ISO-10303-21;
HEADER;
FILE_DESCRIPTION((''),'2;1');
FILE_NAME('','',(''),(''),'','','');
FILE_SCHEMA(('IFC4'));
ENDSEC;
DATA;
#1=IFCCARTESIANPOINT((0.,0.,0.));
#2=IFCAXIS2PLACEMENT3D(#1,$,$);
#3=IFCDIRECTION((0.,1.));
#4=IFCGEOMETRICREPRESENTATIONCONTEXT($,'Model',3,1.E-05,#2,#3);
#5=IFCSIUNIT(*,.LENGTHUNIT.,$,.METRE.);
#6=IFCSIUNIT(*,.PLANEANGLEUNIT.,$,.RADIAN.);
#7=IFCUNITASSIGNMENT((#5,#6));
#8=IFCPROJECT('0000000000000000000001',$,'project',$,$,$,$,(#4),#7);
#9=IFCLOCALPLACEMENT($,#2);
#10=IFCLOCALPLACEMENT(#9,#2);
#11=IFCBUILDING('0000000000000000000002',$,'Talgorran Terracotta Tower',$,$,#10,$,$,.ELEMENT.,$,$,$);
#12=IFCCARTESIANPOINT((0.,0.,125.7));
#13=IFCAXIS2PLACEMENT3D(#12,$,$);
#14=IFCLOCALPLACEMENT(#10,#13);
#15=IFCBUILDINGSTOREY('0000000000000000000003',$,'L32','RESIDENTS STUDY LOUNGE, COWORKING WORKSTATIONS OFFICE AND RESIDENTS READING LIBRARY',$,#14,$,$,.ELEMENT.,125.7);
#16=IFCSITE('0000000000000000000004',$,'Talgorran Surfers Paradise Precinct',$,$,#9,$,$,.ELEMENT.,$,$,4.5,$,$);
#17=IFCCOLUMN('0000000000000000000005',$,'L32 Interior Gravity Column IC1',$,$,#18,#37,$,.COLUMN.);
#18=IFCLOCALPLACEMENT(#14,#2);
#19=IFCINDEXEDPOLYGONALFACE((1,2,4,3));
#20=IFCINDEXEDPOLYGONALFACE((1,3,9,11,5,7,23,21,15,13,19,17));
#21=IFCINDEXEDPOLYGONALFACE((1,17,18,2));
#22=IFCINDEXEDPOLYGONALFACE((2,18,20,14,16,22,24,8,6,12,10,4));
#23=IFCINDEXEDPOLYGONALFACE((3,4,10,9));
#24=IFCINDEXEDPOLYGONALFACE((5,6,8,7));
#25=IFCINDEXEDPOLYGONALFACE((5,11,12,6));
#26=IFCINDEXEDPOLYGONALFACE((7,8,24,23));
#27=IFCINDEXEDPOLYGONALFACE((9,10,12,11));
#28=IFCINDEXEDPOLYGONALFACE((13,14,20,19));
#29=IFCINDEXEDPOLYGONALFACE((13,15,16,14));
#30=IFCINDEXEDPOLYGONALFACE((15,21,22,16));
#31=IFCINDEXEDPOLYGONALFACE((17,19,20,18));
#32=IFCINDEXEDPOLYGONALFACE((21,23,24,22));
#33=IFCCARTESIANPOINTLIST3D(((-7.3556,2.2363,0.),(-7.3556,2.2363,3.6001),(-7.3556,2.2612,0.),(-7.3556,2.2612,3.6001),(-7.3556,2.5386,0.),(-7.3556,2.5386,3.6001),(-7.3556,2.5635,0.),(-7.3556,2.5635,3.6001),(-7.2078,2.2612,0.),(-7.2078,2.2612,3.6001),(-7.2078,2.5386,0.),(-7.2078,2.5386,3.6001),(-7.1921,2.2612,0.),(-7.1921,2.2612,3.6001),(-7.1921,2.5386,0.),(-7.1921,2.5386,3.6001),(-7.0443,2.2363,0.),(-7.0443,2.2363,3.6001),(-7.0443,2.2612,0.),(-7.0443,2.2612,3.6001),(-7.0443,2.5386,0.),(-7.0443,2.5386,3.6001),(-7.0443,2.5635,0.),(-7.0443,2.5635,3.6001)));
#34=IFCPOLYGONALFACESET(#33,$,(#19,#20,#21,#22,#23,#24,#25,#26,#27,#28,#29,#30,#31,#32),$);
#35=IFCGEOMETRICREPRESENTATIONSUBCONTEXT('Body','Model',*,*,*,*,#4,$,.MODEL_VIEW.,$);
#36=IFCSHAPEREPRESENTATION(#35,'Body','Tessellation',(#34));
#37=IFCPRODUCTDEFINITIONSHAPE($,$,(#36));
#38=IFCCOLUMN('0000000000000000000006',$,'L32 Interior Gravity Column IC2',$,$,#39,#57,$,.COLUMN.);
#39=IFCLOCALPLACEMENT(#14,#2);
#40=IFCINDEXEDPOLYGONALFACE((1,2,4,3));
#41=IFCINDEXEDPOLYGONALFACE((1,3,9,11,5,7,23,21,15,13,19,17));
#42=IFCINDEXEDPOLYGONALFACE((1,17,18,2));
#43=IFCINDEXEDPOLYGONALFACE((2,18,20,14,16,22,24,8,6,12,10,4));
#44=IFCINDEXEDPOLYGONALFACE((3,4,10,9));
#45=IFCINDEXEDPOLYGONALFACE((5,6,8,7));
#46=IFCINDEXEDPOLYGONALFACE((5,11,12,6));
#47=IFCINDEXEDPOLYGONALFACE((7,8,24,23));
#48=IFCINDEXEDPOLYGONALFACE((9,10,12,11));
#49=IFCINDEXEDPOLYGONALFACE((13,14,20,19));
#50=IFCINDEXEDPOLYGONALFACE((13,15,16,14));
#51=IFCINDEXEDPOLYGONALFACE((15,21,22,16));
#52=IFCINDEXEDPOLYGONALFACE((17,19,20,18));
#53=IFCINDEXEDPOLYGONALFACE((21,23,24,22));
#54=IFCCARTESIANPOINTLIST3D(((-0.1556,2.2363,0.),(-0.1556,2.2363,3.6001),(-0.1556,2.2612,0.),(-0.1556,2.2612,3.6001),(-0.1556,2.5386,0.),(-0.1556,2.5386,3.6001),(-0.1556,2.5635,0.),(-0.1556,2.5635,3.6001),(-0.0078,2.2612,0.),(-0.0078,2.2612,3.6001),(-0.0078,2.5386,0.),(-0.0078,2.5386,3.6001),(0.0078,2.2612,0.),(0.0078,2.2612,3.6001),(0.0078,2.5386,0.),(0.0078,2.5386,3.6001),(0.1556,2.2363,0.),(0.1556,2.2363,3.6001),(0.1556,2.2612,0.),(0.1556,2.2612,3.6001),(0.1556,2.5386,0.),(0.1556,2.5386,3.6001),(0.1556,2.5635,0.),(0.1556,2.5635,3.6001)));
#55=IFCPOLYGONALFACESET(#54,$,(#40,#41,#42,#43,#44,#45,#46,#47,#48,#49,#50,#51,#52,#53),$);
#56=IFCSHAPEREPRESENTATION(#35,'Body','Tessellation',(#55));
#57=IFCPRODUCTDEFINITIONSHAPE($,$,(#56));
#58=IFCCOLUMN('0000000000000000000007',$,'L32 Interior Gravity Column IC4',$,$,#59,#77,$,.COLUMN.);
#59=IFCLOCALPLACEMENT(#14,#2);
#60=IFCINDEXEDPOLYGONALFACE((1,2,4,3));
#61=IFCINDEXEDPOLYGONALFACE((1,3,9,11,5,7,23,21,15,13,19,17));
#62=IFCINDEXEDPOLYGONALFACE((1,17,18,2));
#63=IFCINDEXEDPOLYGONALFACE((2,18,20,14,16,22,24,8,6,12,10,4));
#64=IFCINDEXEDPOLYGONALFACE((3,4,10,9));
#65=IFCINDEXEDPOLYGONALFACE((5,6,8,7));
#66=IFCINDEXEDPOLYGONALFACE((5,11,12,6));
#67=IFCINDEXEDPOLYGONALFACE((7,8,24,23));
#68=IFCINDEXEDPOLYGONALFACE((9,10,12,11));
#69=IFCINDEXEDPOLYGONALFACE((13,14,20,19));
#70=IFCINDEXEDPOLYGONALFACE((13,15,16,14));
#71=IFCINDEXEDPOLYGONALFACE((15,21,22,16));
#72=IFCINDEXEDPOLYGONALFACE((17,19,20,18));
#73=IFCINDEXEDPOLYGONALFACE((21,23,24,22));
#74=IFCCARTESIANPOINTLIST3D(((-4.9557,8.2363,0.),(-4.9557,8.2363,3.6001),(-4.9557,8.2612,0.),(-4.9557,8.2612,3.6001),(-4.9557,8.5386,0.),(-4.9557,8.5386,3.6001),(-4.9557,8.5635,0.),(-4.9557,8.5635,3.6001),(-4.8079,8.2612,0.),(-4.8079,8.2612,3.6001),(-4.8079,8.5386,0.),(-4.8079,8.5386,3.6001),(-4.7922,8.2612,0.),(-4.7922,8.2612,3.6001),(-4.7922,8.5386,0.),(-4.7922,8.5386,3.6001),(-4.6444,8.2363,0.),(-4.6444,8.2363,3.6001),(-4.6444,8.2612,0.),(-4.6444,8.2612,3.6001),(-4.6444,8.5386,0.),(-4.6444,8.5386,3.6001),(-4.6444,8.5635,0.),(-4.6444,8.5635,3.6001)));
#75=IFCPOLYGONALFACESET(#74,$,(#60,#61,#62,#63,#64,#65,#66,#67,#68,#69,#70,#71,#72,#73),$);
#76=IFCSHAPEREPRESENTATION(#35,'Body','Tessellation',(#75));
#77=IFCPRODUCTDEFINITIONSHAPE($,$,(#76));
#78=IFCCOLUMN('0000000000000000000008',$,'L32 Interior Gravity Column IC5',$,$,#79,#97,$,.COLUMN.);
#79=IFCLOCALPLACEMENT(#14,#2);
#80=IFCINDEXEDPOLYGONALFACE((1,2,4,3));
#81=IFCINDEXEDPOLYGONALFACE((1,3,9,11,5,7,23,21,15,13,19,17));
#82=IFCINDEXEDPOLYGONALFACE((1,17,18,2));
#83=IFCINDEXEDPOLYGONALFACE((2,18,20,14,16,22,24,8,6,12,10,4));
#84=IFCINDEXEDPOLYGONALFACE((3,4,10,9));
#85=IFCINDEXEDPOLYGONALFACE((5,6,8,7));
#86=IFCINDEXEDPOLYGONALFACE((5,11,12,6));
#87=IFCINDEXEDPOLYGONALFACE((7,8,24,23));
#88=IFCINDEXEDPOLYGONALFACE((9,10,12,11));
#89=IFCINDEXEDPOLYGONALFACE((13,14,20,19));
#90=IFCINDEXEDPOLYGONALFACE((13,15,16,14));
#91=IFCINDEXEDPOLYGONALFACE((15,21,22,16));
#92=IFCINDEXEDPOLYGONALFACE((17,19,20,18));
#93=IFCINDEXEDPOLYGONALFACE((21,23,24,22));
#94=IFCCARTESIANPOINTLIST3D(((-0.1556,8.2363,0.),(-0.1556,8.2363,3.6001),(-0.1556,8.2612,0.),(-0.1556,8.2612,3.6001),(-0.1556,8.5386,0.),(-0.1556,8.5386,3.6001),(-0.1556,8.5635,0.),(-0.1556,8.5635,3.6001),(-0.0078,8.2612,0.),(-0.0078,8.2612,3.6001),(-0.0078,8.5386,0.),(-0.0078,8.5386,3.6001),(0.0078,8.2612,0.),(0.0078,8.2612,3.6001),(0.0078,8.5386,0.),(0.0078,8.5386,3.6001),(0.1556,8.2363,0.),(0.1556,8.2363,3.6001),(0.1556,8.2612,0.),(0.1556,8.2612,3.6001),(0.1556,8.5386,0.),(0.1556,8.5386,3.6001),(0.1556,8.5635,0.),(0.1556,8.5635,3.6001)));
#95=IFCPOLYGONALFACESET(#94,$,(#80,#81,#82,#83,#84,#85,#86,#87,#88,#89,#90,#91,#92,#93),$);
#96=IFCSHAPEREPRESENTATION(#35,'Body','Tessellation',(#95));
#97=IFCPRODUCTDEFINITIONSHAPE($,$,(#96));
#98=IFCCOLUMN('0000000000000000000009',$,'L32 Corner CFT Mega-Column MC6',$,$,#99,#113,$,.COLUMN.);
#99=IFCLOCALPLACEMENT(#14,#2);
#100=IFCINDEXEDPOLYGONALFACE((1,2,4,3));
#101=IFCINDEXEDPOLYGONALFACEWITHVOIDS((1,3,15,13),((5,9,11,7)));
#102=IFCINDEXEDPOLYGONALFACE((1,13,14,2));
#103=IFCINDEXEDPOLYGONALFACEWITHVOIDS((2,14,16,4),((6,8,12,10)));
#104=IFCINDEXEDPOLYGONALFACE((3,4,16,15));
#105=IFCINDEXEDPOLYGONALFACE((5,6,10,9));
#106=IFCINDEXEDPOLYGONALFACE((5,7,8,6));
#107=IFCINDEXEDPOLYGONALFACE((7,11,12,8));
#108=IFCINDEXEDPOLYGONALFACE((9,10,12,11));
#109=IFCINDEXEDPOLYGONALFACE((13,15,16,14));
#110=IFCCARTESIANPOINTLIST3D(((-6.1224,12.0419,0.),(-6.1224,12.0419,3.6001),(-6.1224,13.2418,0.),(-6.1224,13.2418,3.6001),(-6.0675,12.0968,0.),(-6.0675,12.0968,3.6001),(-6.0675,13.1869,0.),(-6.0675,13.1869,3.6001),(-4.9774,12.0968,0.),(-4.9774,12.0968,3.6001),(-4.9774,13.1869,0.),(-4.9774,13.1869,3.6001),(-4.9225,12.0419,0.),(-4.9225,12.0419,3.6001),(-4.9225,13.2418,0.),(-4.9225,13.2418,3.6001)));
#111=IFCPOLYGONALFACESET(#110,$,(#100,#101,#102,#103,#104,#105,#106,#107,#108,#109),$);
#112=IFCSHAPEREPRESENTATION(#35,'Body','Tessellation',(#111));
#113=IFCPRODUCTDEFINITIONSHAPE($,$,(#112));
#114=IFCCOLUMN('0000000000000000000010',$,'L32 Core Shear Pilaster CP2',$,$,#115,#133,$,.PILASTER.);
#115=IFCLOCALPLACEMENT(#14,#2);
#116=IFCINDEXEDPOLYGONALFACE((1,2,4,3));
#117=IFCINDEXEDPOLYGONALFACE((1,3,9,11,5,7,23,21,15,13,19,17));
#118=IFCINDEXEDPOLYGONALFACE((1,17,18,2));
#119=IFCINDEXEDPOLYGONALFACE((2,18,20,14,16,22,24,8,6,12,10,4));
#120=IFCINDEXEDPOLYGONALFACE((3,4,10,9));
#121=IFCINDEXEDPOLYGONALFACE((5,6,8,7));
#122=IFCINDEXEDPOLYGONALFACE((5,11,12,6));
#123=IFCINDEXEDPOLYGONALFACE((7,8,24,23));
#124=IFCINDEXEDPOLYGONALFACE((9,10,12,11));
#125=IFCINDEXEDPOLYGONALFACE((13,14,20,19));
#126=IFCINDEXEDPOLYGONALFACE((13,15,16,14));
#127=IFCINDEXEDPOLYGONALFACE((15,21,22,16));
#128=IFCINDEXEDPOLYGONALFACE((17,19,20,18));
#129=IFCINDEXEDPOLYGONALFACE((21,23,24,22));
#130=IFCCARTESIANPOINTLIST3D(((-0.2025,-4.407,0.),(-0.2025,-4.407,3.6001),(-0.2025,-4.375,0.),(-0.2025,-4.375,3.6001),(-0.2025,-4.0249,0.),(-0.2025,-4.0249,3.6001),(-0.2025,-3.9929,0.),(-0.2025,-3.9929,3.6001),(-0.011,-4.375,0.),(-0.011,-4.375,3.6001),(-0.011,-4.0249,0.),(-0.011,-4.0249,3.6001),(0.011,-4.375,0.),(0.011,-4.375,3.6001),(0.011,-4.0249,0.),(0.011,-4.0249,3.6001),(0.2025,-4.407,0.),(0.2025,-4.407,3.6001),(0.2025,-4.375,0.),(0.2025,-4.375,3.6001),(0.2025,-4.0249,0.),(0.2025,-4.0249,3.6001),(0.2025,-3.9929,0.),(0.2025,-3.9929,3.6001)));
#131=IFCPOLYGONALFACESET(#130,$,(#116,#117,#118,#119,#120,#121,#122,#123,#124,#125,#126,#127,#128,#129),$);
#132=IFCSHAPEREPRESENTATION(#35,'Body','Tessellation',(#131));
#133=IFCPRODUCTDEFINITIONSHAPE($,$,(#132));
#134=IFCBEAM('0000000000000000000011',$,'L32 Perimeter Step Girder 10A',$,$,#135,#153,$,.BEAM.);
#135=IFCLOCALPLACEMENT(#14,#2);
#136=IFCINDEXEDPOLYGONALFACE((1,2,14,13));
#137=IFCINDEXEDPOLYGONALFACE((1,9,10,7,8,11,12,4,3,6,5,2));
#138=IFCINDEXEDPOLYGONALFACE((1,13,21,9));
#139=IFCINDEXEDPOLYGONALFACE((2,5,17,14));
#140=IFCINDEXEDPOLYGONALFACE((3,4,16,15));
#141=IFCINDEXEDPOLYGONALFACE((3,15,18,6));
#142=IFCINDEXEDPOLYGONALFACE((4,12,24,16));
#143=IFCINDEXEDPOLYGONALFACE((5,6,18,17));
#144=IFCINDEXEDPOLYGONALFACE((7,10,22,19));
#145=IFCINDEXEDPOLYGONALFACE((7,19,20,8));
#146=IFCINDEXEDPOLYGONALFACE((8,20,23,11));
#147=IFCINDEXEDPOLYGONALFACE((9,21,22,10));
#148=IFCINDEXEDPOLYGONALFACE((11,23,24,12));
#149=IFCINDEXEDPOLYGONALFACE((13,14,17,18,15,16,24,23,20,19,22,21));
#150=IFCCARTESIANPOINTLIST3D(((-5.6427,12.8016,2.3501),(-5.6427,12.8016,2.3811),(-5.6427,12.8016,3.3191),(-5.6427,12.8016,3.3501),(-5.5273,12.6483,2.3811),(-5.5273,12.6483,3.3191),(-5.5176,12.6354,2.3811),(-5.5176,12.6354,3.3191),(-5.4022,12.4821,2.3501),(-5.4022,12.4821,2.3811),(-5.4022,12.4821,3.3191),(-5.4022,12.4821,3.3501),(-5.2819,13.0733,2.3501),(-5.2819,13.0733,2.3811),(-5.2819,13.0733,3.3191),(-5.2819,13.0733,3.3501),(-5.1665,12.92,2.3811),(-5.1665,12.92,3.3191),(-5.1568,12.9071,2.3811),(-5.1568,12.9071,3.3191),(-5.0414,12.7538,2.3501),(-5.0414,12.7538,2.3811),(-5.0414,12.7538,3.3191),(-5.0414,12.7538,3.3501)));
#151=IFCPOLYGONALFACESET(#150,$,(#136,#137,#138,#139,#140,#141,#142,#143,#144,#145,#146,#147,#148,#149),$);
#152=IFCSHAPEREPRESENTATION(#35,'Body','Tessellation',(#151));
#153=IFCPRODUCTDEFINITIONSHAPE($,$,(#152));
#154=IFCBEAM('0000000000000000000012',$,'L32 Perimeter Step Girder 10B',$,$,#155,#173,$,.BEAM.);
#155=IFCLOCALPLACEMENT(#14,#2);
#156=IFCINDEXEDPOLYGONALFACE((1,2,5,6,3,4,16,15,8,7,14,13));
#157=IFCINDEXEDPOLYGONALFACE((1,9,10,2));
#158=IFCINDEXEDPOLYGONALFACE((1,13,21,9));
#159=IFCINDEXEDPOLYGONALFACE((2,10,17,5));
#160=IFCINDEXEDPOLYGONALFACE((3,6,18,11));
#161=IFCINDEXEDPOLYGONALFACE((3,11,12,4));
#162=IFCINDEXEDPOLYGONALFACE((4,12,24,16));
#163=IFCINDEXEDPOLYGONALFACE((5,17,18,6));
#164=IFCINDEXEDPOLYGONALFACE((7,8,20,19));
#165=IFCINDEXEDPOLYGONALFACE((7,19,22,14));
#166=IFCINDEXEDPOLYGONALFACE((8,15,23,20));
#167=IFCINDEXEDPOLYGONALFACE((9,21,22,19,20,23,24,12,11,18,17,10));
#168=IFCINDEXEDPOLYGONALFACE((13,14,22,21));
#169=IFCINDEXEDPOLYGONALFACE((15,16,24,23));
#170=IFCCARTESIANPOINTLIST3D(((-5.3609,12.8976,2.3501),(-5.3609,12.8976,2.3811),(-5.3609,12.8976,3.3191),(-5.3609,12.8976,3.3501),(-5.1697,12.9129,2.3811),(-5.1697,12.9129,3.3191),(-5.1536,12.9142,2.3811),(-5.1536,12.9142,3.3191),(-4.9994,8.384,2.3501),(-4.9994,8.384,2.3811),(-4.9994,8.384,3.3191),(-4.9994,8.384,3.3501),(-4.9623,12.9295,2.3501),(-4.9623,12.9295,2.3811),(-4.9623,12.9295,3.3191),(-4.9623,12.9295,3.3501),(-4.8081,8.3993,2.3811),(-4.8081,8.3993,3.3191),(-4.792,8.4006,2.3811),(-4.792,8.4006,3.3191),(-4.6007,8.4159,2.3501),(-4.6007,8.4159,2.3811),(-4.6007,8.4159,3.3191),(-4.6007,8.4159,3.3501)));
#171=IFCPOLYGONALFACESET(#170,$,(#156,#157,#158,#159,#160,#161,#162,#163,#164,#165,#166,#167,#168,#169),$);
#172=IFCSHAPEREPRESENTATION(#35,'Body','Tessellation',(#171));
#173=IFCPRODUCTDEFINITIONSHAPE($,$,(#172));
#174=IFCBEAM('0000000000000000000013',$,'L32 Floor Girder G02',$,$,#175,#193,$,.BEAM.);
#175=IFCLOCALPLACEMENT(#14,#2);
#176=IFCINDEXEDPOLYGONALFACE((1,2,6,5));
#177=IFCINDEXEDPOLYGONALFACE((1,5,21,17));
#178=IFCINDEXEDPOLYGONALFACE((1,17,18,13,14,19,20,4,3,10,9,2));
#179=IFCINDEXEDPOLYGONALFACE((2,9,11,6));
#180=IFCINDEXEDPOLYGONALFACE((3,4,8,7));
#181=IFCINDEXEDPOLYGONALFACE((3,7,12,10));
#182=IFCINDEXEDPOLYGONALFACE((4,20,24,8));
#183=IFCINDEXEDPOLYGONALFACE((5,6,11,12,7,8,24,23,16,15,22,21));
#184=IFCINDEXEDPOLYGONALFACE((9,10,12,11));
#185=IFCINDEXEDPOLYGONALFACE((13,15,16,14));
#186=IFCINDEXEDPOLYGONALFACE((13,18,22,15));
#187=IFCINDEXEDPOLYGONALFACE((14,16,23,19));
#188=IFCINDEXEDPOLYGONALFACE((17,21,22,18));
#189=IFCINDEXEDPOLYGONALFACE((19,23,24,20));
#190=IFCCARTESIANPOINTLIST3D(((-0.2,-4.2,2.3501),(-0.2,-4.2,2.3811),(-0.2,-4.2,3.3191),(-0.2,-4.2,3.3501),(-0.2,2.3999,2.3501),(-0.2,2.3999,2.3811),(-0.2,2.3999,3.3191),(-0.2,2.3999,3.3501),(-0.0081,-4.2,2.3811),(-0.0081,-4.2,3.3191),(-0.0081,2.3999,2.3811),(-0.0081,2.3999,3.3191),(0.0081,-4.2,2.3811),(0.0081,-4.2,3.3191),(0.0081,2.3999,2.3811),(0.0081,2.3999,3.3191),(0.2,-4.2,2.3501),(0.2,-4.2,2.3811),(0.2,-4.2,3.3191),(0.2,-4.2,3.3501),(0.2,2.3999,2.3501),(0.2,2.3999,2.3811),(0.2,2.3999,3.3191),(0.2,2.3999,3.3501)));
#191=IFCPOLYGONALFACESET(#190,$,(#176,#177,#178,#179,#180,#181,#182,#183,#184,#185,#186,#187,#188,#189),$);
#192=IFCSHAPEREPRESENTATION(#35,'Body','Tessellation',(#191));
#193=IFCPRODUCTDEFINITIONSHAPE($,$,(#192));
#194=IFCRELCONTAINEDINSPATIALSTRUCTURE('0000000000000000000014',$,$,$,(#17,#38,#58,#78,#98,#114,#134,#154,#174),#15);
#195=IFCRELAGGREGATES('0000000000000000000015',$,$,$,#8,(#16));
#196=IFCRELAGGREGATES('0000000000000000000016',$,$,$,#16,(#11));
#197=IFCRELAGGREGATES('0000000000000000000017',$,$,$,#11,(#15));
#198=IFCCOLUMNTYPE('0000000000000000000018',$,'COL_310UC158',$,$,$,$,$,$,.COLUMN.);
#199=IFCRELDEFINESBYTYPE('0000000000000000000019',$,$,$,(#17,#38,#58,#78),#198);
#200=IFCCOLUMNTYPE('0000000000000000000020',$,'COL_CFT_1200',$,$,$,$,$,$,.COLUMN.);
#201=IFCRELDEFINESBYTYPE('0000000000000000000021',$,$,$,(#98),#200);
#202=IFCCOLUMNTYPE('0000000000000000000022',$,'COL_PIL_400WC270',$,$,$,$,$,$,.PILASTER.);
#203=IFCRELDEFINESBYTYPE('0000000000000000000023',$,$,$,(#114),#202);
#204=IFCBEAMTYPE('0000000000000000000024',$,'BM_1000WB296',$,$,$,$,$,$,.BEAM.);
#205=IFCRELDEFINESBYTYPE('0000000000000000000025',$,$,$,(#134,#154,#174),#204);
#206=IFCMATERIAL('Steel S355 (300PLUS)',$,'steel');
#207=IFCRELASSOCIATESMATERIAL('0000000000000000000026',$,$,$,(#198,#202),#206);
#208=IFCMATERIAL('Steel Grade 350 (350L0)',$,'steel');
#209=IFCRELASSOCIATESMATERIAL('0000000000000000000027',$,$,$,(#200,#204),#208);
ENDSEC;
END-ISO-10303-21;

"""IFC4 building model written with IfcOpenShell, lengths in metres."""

from ifc_helpers import new_model, si_unit, direction, frame, origin, origin_2d, place, context, subcontext, project, spatial, hollow_rectangle, i_section, extrude, material, material_profile, profile_set, type_object, element, save


model = new_model("IFC4")

# Units and contexts
model_context = context("Model", 3, precision=1e-05, world=origin(), true_north=direction((0.0, 1.0)))
body_context = subcontext(model_context, "Body", "Model", "MODEL_VIEW")
ifc_project = project(units=[si_unit("LENGTHUNIT", "METRE"), si_unit("PLANEANGLEUNIT", "RADIAN")], contexts=[model_context])

# Site, building, storey
site_placement = place(None, origin())
site = spatial("IfcSite", under=ifc_project, at=site_placement, Name="Talgorran Surfers Paradise Precinct", CompositionType="ELEMENT", RefElevation=4.5)
building_placement = place(site_placement, origin())
building = spatial("IfcBuilding", under=site, at=building_placement, Name="Talgorran Terracotta Tower", CompositionType="ELEMENT")
storey_placement = place(building_placement, frame((0.0, 0.0, 125.7)))
storey = spatial("IfcBuildingStorey", under=building, at=storey_placement, Name="L32", Description="RESIDENTS STUDY LOUNGE, COWORKING WORKSTATIONS OFFICE AND RESIDENTS READING LIBRARY", CompositionType="ELEMENT", Elevation=125.7)

# Columns
ifc_material_1 = material(Name="Steel S355 (300PLUS)", Category="steel")
ifc_material_profile_1 = material_profile(ifc_material_1, i_section(OverallWidth=0.3113, OverallDepth=0.3271, WebThickness=0.0156, FlangeThickness=0.0249, at=origin_2d()), Name="310UC158")
ifc_profile_set_1 = profile_set([ifc_material_profile_1], Name="Steel S355 (300PLUS)")
column_type_1 = type_object("IfcColumnType", Name="COL_310UC158", PredefinedType="COLUMN", material=ifc_profile_set_1)
for number, where, z_axis, x_axis, name in (
    (1, (-7.2, 2.3999, 0.0), (0.0, 0.0, 1.0), (1.0, 0.0, 0.0), "L32 Interior Gravity Column IC1"),
    (2, (0.0, 2.3999, 0.0), (0.0, 0.0, 1.0), (1.0, 0.0, 0.0), "L32 Interior Gravity Column IC2"),
    (3, (-4.8, 8.3999, 0.0), (0.0, 0.0, 1.0), (1.0, 0.0, 0.0), "L32 Interior Gravity Column IC4"),
    (4, (0.0, 8.3999, 0.0), (0.0, 0.0, 1.0), (1.0, 0.0, 0.0), "L32 Interior Gravity Column IC5"),
):
    element("IfcColumn", number, at=place(storey_placement, frame(where, z_axis=z_axis, x_axis=x_axis)), inside=storey, type_object=column_type_1, Name=name, PredefinedType="COLUMN", context=body_context, shape_type="SweptSolid", body=[
        extrude(i_section(OverallWidth=0.3113, OverallDepth=0.3271, WebThickness=0.0156, FlangeThickness=0.0249, at=origin_2d()), origin(), (0.0, 0.0, 1.0), 3.6001),
    ])
ifc_material_2 = material(Name="Steel Grade 350 (350L0)", Category="steel")
ifc_material_profile_2 = material_profile(ifc_material_2, hollow_rectangle(XDim=1.2, YDim=1.2, WallThickness=0.0549, at=origin_2d()), Name="CFT1200X1200X55")
ifc_profile_set_2 = profile_set([ifc_material_profile_2], Name="Steel Grade 350 (350L0)")
column_type_2 = type_object("IfcColumnType", Name="COL_CFT_1200", PredefinedType="COLUMN", material=ifc_profile_set_2)
column_1_placement = place(storey_placement, frame((-5.5225, 12.6418, 0.0), z_axis=(0.0, 0.0, 1.0), x_axis=(1.0, 0.0, 0.0)))
element("IfcColumn", 5, at=column_1_placement, inside=storey, type_object=column_type_2, Name="L32 Corner CFT Mega-Column MC6", PredefinedType="COLUMN", context=body_context, shape_type="SweptSolid", body=[
    extrude(hollow_rectangle(XDim=1.2, YDim=1.2, WallThickness=0.0549, at=origin_2d()), origin(), (0.0, 0.0, 1.0), 3.6001),
])
ifc_material_profile_3 = material_profile(ifc_material_1, i_section(OverallWidth=0.405, OverallDepth=0.4141, WebThickness=0.022, FlangeThickness=0.032, at=origin_2d()), Name="400WC270")
ifc_profile_set_3 = profile_set([ifc_material_profile_3], Name="Steel S355 (300PLUS)")
column_type_3 = type_object("IfcColumnType", Name="COL_PIL_400WC270", PredefinedType="PILASTER", material=ifc_profile_set_3)
column_2_placement = place(storey_placement, frame((0.0, -4.2, 0.0), z_axis=(0.0, 0.0, 1.0), x_axis=(1.0, 0.0, 0.0)))
element("IfcColumn", 6, at=column_2_placement, inside=storey, type_object=column_type_3, Name="L32 Core Shear Pilaster CP2", PredefinedType="PILASTER", context=body_context, shape_type="SweptSolid", body=[
    extrude(i_section(OverallWidth=0.405, OverallDepth=0.4141, WebThickness=0.022, FlangeThickness=0.032, at=origin_2d()), origin(), (0.0, 0.0, 1.0), 3.6001),
])

# Beams
ifc_material_profile_4 = material_profile(ifc_material_2, i_section(OverallWidth=0.3999, OverallDepth=1.0, WebThickness=0.0161, FlangeThickness=0.031, at=origin_2d()), Name="1000WB296")
ifc_profile_set_4 = profile_set([ifc_material_profile_4], Name="Steel Grade 350 (350L0)")
beam_type_1 = type_object("IfcBeamType", Name="BM_1000WB296", PredefinedType="BEAM", material=ifc_profile_set_4)
beam_1_placement = place(storey_placement, frame((-5.5225, 12.6418, 2.8501), z_axis=(0.798831, 0.601555, 0.0), x_axis=(-0.601555, 0.798831, 0.0)))
element("IfcBeam", 7, at=beam_1_placement, inside=storey, type_object=beam_type_1, Name="L32 Perimeter Step Girder 10A", PredefinedType="BEAM", context=body_context, shape_type="SweptSolid", body=[
    extrude(i_section(OverallWidth=0.3999, OverallDepth=1.0, WebThickness=0.0161, FlangeThickness=0.031, at=origin_2d()), origin(), (0.0, 0.0, 1.0), 0.4517),
])
beam_2_placement = place(storey_placement, frame((-5.1616, 12.9136, 2.8501), z_axis=(0.07985, -0.996807, 0.0), x_axis=(0.996807, 0.07985, 0.0)))
element("IfcBeam", 8, at=beam_2_placement, inside=storey, type_object=beam_type_1, Name="L32 Perimeter Step Girder 10B", PredefinedType="BEAM", context=body_context, shape_type="SweptSolid", body=[
    extrude(i_section(OverallWidth=0.3999, OverallDepth=1.0, WebThickness=0.0161, FlangeThickness=0.031, at=origin_2d()), origin(), (0.0, 0.0, 1.0), 4.5281),
])
beam_3_placement = place(storey_placement, frame((0.0, -4.2, 2.8501), z_axis=(0.0, 1.0, 0.0), x_axis=(-1.0, 0.0, 0.0)))
element("IfcBeam", 9, at=beam_3_placement, inside=storey, type_object=beam_type_1, Name="L32 Floor Girder G02", PredefinedType="BEAM", context=body_context, shape_type="SweptSolid", body=[
    extrude(i_section(OverallWidth=0.3999, OverallDepth=1.0, WebThickness=0.0161, FlangeThickness=0.031, at=origin_2d()), origin(), (0.0, 0.0, 1.0), 6.5999),
])

save(model, "model.ifc")
